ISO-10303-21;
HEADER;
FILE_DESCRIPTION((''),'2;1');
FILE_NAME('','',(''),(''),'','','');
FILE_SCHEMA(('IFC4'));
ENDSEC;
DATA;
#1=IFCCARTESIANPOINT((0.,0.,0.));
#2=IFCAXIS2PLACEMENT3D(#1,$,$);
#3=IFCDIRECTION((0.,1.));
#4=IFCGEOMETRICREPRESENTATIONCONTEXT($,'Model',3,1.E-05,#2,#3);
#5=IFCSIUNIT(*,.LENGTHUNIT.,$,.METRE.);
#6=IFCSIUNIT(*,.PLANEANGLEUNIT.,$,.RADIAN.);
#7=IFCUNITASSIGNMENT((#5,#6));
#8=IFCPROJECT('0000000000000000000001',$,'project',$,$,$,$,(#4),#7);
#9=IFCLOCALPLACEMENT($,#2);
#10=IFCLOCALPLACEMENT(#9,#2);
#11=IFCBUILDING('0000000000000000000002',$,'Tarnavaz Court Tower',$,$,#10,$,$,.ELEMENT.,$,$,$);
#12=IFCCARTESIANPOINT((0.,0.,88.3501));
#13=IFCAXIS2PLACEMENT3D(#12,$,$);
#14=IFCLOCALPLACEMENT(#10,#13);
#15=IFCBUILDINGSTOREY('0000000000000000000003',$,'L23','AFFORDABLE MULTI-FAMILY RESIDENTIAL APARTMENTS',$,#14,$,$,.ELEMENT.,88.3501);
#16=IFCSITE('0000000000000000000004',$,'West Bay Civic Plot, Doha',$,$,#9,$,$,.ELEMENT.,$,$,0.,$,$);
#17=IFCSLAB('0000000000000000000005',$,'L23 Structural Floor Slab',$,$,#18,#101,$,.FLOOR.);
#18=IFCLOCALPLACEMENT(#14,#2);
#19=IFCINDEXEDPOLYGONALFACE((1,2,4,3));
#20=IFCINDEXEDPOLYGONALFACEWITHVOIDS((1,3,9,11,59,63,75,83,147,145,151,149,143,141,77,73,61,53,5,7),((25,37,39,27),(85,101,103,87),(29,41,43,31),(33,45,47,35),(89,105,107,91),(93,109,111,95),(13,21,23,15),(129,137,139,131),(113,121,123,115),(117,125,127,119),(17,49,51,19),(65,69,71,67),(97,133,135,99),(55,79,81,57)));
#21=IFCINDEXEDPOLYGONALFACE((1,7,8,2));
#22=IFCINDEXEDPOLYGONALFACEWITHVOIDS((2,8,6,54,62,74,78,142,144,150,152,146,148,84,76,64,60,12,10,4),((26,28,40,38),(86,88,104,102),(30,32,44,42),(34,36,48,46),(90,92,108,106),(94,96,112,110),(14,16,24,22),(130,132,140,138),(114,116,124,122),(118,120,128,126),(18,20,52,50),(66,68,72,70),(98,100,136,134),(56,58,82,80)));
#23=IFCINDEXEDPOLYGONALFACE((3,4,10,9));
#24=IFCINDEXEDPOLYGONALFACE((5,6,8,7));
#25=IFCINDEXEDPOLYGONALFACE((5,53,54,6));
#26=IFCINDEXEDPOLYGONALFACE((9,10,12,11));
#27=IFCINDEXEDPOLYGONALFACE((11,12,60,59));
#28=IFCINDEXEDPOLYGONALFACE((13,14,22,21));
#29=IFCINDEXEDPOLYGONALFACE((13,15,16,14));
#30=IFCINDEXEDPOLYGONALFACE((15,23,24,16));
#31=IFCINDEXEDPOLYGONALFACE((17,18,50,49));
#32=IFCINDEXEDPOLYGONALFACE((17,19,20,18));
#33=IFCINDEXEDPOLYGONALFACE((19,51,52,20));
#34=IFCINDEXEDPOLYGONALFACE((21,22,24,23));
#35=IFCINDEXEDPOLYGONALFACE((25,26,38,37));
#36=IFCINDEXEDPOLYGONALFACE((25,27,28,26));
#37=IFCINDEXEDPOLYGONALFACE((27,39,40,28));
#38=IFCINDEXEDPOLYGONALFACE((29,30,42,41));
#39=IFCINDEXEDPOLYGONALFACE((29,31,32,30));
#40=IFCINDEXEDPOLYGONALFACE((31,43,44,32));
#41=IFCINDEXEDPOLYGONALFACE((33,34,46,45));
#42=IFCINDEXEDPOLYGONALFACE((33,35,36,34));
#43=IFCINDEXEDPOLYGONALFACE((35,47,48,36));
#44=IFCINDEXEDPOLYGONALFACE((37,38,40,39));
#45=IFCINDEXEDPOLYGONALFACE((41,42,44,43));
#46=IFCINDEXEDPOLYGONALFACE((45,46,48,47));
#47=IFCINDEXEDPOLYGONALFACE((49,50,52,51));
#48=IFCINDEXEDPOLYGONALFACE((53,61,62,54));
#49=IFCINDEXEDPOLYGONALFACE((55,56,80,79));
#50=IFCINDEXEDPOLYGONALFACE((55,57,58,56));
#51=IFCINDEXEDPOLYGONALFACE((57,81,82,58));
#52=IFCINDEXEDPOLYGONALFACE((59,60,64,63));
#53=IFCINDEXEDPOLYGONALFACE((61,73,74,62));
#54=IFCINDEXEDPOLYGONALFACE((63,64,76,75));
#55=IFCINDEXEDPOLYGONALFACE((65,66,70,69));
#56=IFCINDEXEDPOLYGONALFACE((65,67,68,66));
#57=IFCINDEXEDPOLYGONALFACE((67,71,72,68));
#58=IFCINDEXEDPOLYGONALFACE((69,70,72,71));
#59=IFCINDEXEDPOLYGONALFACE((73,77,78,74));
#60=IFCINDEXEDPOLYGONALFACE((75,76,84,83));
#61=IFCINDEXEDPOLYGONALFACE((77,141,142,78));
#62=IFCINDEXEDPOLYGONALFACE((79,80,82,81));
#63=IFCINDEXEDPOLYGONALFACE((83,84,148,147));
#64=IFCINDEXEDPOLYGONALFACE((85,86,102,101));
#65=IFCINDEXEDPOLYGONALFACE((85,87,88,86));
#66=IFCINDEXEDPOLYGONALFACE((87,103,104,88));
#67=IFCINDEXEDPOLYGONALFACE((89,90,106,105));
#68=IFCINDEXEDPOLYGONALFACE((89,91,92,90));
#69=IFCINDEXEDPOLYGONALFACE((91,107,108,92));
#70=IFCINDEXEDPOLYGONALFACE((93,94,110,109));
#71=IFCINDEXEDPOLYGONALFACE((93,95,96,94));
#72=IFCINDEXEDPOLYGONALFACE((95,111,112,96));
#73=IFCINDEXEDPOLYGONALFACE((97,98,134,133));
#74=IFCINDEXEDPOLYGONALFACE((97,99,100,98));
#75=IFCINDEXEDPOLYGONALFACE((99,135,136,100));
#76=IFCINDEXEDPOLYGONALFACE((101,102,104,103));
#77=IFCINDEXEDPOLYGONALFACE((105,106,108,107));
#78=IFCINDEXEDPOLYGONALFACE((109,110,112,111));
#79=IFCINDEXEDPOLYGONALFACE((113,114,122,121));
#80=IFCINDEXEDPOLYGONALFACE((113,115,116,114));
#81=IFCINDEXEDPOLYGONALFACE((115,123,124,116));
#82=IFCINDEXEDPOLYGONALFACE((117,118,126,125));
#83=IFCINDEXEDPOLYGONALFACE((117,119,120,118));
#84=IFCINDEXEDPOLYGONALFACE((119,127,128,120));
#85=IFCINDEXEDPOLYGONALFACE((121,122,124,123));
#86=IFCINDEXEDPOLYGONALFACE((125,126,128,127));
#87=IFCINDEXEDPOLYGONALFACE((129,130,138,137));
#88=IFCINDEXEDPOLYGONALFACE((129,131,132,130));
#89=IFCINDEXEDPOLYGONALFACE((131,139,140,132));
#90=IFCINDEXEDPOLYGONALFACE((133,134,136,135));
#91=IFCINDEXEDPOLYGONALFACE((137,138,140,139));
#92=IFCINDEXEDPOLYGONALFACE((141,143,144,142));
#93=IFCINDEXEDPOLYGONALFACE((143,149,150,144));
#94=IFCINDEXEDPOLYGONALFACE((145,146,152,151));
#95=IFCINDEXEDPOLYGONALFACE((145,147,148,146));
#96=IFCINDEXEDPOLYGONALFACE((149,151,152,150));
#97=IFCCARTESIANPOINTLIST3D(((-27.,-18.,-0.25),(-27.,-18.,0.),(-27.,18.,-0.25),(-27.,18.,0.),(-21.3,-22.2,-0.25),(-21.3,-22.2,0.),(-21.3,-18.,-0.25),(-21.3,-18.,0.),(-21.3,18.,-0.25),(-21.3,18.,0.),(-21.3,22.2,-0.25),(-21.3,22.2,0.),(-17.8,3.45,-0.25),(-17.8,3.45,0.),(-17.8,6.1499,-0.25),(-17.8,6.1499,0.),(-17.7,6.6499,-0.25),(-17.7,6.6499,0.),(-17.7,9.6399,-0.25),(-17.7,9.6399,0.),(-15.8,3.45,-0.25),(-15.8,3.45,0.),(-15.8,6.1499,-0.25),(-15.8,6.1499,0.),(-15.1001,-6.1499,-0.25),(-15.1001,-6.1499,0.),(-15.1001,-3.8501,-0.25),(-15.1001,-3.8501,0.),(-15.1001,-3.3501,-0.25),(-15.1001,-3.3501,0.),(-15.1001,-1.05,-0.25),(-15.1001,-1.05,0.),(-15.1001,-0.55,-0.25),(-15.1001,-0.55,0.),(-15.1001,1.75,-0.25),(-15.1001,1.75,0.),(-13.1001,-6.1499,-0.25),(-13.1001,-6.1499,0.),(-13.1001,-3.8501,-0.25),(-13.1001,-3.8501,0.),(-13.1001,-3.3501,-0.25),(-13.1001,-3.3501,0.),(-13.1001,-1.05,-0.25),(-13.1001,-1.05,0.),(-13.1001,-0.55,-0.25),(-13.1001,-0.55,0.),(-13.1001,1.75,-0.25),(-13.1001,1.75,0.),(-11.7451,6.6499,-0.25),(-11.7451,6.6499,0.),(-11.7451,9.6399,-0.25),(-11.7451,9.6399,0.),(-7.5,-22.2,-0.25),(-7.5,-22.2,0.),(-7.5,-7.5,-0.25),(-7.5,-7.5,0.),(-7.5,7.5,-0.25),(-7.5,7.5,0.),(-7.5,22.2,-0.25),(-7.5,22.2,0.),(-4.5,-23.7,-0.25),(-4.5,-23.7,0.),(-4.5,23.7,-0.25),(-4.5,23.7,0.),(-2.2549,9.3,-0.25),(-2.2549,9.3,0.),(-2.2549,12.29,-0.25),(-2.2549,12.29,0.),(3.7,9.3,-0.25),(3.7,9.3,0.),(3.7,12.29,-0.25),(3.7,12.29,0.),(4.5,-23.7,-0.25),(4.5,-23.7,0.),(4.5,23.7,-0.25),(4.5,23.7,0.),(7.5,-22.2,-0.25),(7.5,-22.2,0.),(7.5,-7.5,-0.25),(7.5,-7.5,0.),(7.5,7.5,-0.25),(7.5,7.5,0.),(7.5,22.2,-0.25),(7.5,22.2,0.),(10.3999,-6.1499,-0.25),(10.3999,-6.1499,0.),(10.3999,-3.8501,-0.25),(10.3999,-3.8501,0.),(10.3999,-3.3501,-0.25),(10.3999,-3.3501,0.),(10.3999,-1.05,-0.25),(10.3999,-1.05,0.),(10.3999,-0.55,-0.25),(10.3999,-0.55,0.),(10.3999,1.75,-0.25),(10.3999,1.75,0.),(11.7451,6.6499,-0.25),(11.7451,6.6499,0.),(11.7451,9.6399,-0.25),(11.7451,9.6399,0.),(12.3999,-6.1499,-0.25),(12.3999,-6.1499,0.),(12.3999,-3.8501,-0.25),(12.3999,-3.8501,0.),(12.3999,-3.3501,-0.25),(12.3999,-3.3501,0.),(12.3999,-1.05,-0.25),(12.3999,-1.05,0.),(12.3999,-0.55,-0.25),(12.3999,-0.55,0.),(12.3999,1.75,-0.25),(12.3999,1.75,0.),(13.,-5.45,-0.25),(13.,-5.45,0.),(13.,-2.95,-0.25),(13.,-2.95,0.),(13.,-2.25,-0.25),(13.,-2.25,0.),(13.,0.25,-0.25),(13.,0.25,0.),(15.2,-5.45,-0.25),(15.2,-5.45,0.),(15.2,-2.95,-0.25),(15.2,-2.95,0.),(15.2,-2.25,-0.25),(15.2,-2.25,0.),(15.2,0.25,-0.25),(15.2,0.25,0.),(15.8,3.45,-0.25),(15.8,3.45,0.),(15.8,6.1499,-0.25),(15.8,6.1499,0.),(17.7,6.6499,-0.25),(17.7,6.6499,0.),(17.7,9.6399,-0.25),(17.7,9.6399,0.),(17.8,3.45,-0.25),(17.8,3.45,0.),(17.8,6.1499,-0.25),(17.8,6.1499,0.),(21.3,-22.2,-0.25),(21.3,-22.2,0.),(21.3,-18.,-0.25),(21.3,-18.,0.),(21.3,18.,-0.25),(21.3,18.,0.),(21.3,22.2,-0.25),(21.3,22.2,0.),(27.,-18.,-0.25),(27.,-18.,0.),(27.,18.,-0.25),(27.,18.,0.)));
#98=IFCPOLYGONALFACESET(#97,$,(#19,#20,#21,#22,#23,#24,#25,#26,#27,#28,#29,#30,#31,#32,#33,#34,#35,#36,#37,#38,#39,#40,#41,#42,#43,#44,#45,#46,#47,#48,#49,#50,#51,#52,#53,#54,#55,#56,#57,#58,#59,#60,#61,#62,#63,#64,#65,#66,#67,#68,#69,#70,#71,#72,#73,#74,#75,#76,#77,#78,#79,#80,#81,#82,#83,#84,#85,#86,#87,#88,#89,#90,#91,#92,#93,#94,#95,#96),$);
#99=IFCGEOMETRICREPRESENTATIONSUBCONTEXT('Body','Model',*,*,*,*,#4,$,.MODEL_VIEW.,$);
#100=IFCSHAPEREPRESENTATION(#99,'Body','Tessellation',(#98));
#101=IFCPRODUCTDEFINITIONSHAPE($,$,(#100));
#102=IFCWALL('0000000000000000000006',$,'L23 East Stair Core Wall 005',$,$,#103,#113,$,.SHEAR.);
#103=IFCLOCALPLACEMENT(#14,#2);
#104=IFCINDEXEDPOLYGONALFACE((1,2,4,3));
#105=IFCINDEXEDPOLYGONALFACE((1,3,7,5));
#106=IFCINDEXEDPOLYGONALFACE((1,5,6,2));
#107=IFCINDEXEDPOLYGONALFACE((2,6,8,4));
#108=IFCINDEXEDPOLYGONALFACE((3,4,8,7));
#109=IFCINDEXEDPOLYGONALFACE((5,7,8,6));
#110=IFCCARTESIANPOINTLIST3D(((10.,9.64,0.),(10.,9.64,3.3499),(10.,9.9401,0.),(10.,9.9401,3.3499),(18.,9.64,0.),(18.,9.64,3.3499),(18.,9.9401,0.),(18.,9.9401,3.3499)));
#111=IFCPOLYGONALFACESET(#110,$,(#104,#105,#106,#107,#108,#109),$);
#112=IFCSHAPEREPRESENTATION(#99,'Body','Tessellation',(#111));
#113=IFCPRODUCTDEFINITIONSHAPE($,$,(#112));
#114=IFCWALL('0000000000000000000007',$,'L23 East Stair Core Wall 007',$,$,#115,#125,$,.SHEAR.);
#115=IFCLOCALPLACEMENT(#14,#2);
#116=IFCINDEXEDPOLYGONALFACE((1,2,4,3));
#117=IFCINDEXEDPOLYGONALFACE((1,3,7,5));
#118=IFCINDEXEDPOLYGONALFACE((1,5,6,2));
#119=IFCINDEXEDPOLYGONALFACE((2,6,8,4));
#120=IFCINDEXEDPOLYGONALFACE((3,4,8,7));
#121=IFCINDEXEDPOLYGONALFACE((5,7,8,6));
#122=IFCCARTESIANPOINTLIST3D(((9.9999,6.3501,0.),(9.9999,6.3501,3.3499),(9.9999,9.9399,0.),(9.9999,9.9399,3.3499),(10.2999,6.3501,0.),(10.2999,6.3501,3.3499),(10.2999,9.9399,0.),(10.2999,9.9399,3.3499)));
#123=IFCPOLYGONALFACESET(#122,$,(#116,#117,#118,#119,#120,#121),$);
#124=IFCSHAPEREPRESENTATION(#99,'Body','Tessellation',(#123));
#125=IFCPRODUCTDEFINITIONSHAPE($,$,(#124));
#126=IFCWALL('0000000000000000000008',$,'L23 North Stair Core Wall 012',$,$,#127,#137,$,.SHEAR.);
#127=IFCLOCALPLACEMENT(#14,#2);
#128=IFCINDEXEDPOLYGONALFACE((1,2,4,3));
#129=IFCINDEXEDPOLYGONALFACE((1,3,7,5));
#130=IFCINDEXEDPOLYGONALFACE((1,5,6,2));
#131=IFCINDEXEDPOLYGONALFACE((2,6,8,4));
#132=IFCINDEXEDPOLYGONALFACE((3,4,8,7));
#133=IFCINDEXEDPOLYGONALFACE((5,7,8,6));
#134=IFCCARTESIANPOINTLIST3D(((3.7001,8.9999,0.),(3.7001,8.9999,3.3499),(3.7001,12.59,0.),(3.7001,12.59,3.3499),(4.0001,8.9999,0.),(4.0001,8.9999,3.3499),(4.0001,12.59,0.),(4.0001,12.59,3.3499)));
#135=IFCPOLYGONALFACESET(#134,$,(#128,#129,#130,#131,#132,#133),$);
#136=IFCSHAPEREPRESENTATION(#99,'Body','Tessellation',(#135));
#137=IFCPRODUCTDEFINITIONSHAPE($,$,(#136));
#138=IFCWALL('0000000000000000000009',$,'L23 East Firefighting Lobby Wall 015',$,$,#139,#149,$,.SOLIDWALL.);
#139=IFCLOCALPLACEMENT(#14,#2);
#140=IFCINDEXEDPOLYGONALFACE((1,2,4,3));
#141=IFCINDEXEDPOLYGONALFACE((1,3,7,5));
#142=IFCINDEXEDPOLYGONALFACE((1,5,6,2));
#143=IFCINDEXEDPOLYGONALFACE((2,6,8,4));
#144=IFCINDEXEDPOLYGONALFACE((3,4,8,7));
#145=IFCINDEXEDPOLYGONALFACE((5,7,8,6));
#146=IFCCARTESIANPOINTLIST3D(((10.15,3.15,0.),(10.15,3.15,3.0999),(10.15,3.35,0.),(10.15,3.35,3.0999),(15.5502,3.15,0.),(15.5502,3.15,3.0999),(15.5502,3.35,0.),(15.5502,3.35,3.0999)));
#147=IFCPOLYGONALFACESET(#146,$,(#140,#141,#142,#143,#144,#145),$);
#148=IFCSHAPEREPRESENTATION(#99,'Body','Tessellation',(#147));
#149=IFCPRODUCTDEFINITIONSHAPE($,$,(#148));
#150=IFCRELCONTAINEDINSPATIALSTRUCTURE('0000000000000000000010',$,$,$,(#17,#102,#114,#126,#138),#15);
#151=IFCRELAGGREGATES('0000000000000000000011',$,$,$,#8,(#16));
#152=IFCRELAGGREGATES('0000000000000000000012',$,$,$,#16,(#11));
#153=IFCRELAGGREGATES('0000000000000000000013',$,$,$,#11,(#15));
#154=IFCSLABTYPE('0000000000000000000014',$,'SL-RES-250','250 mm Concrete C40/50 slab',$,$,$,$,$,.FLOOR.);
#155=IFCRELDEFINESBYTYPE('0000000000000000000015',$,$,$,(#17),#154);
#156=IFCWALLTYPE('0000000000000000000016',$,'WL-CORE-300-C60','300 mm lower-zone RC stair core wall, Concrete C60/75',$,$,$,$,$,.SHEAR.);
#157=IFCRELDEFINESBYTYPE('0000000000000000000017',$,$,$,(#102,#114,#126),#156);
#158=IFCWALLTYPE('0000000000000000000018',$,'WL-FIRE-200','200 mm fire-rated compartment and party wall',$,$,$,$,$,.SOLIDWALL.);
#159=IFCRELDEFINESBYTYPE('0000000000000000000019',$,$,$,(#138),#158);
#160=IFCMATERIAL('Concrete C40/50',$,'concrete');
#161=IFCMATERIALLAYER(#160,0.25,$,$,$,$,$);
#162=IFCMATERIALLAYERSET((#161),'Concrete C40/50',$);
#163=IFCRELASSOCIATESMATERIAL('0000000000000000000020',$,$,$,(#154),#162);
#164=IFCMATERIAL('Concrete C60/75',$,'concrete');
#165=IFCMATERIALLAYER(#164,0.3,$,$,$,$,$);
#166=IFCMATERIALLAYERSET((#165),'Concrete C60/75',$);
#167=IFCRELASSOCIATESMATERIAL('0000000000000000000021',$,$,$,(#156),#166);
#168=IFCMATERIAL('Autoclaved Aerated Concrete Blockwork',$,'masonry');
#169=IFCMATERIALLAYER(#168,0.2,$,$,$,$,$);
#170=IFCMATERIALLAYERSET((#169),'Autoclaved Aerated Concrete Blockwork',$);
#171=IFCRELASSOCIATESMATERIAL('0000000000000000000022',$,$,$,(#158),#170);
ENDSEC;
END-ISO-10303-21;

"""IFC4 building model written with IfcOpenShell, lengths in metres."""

from ifc_helpers import new_model, si_unit, direction, frame, frame_2d, origin, place, context, subcontext, project, spatial, polyline, rectangle, outline, extrude, material, layer, layer_set, type_object, element, save


model = new_model("IFC4")

# Units and contexts
model_context = context("Model", 3, precision=1e-05, world=origin(), true_north=direction((0.0, 1.0)))
body_context = subcontext(model_context, "Body", "Model", "MODEL_VIEW")
ifc_project = project(units=[si_unit("LENGTHUNIT", "METRE"), si_unit("PLANEANGLEUNIT", "RADIAN")], contexts=[model_context])

# Site, building, storey
site_placement = place(None, origin())
site = spatial("IfcSite", under=ifc_project, at=site_placement, Name="West Bay Civic Plot, Doha", CompositionType="ELEMENT", RefElevation=0.0)
building_placement = place(site_placement, origin())
building = spatial("IfcBuilding", under=site, at=building_placement, Name="Tarnavaz Court Tower", CompositionType="ELEMENT")
storey_placement = place(building_placement, frame((0.0, 0.0, 88.3501)))
storey = spatial("IfcBuildingStorey", under=building, at=storey_placement, Name="L23", Description="AFFORDABLE MULTI-FAMILY RESIDENTIAL APARTMENTS", CompositionType="ELEMENT", Elevation=88.3501)

# Shared definitions
ifc_material_1 = material(Name="Concrete C60/75", Category="concrete")

# Shared definitions
ifc_material_2 = material(Name="Concrete C40/50", Category="concrete")

# Slab
ifc_layer_1 = layer(ifc_material_2, 0.25)
ifc_layer_set_1 = layer_set([ifc_layer_1], Name="Concrete C40/50")
slab_type_1 = type_object("IfcSlabType", Name="SL-RES-250", Description="250 mm Concrete C40/50 slab", PredefinedType="FLOOR", material=ifc_layer_set_1)
slab_1_placement = place(storey_placement, frame((0.0, 0.0, -0.25)))
element("IfcSlab", 1, at=slab_1_placement, inside=storey, type_object=slab_type_1, Name="L23 Structural Floor Slab", PredefinedType="FLOOR", context=body_context, shape_type="SweptSolid", body=[
    extrude(outline(polyline([(-21.3, -22.2), (-7.5, -22.2), (-4.5, -23.7), (4.5, -23.7), (7.5, -22.2), (21.3, -22.2), (21.3, -18.0), (27.0, -18.0), (27.0, 18.0), (21.3, 18.0), (21.3, 22.2), (7.5, 22.2), (4.5, 23.7), (-4.5, 23.7), (-7.5, 22.2), (-21.3, 22.2), (-21.3, 18.0), (-27.0, 18.0), (-27.0, -18.0), (-21.3, -18.0), (-21.3, -22.2)]), holes=[polyline([(-7.5, -7.5), (7.5, -7.5), (7.5, 7.5), (-7.5, 7.5), (-7.5, -7.5)]), polyline([(-11.7451, 9.6399), (-17.7, 9.6399), (-17.7, 6.6499), (-11.7451, 6.6499), (-11.7451, 9.6399)]), polyline([(11.7451, 6.6499), (17.7, 6.6499), (17.7, 9.6399), (11.7451, 9.6399), (11.7451, 6.6499)]), polyline([(-2.2549, 9.3), (3.7, 9.3), (3.7, 12.29), (-2.2549, 12.29), (-2.2549, 9.3)]), polyline([(-17.8, 3.45), (-15.8, 3.45), (-15.8, 6.1499), (-17.8, 6.1499), (-17.8, 3.45)]), polyline([(-15.1001, -6.1499), (-13.1001, -6.1499), (-13.1001, -3.8501), (-15.1001, -3.8501), (-15.1001, -6.1499)]), polyline([(-15.1001, -3.3501), (-13.1001, -3.3501), (-13.1001, -1.05), (-15.1001, -1.05), (-15.1001, -3.3501)]), polyline([(-15.1001, -0.55), (-13.1001, -0.55), (-13.1001, 1.75), (-15.1001, 1.75), (-15.1001, -0.55)]), polyline([(15.8, 3.45), (17.8, 3.45), (17.8, 6.1499), (15.8, 6.1499), (15.8, 3.45)]), polyline([(10.3999, -6.1499), (12.3999, -6.1499), (12.3999, -3.8501), (10.3999, -3.8501), (10.3999, -6.1499)]), polyline([(10.3999, -3.3501), (12.3999, -3.3501), (12.3999, -1.05), (10.3999, -1.05), (10.3999, -3.3501)]), polyline([(10.3999, -0.55), (12.3999, -0.55), (12.3999, 1.75), (10.3999, 1.75), (10.3999, -0.55)]), polyline([(13.0, -5.45), (15.2, -5.45), (15.2, -2.95), (13.0, -2.95), (13.0, -5.45)]), polyline([(13.0, -2.25), (15.2, -2.25), (15.2, 0.25), (13.0, 0.25), (13.0, -2.25)])]), origin(), (0.0, 0.0, 1.0), 0.25),
])

# Wall
ifc_layer_2 = layer(ifc_material_1, 0.3)
ifc_layer_set_2 = layer_set([ifc_layer_2], Name="Concrete C60/75")
wall_type_1 = type_object("IfcWallType", Name="WL-CORE-300-C60", Description="300 mm lower-zone RC stair core wall, Concrete C60/75", PredefinedType="SHEAR", material=ifc_layer_set_2)
wall_1_placement = place(storey_placement, frame((10.0, 9.79, 0.0), z_axis=(0.0, 0.0, 1.0), x_axis=(1.0, 0.0, 0.0)))
element("IfcWall", 2, at=wall_1_placement, inside=storey, type_object=wall_type_1, Name="L23 East Stair Core Wall 005", PredefinedType="SHEAR", context=body_context, shape_type="SweptSolid", body=[
    extrude(rectangle(XDim=8.0, YDim=0.3, at=frame_2d((4.0, 0.0))), origin(), (0.0, 0.0, 1.0), 3.3499),
])

# Walls
wall_2_placement = place(storey_placement, frame((10.1499, 6.3501, 0.0), z_axis=(0.0, 0.0, 1.0), x_axis=(0.0, 1.0, 0.0)))
element("IfcWall", 3, at=wall_2_placement, inside=storey, type_object=wall_type_1, Name="L23 East Stair Core Wall 007", PredefinedType="SHEAR", context=body_context, shape_type="SweptSolid", body=[
    extrude(rectangle(XDim=3.5898, YDim=0.3, at=frame_2d((1.7949, 0.0))), origin(), (0.0, 0.0, 1.0), 3.3499),
])
wall_3_placement = place(storey_placement, frame((3.8501, 9.0, 0.0), z_axis=(0.0, 0.0, 1.0), x_axis=(0.0, 1.0, 0.0)))
element("IfcWall", 4, at=wall_3_placement, inside=storey, type_object=wall_type_1, Name="L23 North Stair Core Wall 012", PredefinedType="SHEAR", context=body_context, shape_type="SweptSolid", body=[
    extrude(rectangle(XDim=3.5901, YDim=0.3, at=frame_2d((1.7949, 0.0))), origin(), (0.0, 0.0, 1.0), 3.3499),
])
ifc_material_3 = material(Name="Autoclaved Aerated Concrete Blockwork", Category="masonry")
ifc_layer_3 = layer(ifc_material_3, 0.2)
ifc_layer_set_3 = layer_set([ifc_layer_3], Name="Autoclaved Aerated Concrete Blockwork")
wall_type_2 = type_object("IfcWallType", Name="WL-FIRE-200", Description="200 mm fire-rated compartment and party wall", PredefinedType="SOLIDWALL", material=ifc_layer_set_3)
wall_4_placement = place(storey_placement, frame((10.1499, 3.25, 0.0), z_axis=(0.0, 0.0, 1.0), x_axis=(1.0, 0.0, 0.0)))
element("IfcWall", 5, at=wall_4_placement, inside=storey, type_object=wall_type_2, Name="L23 East Firefighting Lobby Wall 015", PredefinedType="SOLIDWALL", context=body_context, shape_type="SweptSolid", body=[
    extrude(rectangle(XDim=5.4001, YDim=0.2, at=frame_2d((2.7002, 0.0))), origin(), (0.0, 0.0, 1.0), 3.0999),
])

save(model, "model.ifc")
